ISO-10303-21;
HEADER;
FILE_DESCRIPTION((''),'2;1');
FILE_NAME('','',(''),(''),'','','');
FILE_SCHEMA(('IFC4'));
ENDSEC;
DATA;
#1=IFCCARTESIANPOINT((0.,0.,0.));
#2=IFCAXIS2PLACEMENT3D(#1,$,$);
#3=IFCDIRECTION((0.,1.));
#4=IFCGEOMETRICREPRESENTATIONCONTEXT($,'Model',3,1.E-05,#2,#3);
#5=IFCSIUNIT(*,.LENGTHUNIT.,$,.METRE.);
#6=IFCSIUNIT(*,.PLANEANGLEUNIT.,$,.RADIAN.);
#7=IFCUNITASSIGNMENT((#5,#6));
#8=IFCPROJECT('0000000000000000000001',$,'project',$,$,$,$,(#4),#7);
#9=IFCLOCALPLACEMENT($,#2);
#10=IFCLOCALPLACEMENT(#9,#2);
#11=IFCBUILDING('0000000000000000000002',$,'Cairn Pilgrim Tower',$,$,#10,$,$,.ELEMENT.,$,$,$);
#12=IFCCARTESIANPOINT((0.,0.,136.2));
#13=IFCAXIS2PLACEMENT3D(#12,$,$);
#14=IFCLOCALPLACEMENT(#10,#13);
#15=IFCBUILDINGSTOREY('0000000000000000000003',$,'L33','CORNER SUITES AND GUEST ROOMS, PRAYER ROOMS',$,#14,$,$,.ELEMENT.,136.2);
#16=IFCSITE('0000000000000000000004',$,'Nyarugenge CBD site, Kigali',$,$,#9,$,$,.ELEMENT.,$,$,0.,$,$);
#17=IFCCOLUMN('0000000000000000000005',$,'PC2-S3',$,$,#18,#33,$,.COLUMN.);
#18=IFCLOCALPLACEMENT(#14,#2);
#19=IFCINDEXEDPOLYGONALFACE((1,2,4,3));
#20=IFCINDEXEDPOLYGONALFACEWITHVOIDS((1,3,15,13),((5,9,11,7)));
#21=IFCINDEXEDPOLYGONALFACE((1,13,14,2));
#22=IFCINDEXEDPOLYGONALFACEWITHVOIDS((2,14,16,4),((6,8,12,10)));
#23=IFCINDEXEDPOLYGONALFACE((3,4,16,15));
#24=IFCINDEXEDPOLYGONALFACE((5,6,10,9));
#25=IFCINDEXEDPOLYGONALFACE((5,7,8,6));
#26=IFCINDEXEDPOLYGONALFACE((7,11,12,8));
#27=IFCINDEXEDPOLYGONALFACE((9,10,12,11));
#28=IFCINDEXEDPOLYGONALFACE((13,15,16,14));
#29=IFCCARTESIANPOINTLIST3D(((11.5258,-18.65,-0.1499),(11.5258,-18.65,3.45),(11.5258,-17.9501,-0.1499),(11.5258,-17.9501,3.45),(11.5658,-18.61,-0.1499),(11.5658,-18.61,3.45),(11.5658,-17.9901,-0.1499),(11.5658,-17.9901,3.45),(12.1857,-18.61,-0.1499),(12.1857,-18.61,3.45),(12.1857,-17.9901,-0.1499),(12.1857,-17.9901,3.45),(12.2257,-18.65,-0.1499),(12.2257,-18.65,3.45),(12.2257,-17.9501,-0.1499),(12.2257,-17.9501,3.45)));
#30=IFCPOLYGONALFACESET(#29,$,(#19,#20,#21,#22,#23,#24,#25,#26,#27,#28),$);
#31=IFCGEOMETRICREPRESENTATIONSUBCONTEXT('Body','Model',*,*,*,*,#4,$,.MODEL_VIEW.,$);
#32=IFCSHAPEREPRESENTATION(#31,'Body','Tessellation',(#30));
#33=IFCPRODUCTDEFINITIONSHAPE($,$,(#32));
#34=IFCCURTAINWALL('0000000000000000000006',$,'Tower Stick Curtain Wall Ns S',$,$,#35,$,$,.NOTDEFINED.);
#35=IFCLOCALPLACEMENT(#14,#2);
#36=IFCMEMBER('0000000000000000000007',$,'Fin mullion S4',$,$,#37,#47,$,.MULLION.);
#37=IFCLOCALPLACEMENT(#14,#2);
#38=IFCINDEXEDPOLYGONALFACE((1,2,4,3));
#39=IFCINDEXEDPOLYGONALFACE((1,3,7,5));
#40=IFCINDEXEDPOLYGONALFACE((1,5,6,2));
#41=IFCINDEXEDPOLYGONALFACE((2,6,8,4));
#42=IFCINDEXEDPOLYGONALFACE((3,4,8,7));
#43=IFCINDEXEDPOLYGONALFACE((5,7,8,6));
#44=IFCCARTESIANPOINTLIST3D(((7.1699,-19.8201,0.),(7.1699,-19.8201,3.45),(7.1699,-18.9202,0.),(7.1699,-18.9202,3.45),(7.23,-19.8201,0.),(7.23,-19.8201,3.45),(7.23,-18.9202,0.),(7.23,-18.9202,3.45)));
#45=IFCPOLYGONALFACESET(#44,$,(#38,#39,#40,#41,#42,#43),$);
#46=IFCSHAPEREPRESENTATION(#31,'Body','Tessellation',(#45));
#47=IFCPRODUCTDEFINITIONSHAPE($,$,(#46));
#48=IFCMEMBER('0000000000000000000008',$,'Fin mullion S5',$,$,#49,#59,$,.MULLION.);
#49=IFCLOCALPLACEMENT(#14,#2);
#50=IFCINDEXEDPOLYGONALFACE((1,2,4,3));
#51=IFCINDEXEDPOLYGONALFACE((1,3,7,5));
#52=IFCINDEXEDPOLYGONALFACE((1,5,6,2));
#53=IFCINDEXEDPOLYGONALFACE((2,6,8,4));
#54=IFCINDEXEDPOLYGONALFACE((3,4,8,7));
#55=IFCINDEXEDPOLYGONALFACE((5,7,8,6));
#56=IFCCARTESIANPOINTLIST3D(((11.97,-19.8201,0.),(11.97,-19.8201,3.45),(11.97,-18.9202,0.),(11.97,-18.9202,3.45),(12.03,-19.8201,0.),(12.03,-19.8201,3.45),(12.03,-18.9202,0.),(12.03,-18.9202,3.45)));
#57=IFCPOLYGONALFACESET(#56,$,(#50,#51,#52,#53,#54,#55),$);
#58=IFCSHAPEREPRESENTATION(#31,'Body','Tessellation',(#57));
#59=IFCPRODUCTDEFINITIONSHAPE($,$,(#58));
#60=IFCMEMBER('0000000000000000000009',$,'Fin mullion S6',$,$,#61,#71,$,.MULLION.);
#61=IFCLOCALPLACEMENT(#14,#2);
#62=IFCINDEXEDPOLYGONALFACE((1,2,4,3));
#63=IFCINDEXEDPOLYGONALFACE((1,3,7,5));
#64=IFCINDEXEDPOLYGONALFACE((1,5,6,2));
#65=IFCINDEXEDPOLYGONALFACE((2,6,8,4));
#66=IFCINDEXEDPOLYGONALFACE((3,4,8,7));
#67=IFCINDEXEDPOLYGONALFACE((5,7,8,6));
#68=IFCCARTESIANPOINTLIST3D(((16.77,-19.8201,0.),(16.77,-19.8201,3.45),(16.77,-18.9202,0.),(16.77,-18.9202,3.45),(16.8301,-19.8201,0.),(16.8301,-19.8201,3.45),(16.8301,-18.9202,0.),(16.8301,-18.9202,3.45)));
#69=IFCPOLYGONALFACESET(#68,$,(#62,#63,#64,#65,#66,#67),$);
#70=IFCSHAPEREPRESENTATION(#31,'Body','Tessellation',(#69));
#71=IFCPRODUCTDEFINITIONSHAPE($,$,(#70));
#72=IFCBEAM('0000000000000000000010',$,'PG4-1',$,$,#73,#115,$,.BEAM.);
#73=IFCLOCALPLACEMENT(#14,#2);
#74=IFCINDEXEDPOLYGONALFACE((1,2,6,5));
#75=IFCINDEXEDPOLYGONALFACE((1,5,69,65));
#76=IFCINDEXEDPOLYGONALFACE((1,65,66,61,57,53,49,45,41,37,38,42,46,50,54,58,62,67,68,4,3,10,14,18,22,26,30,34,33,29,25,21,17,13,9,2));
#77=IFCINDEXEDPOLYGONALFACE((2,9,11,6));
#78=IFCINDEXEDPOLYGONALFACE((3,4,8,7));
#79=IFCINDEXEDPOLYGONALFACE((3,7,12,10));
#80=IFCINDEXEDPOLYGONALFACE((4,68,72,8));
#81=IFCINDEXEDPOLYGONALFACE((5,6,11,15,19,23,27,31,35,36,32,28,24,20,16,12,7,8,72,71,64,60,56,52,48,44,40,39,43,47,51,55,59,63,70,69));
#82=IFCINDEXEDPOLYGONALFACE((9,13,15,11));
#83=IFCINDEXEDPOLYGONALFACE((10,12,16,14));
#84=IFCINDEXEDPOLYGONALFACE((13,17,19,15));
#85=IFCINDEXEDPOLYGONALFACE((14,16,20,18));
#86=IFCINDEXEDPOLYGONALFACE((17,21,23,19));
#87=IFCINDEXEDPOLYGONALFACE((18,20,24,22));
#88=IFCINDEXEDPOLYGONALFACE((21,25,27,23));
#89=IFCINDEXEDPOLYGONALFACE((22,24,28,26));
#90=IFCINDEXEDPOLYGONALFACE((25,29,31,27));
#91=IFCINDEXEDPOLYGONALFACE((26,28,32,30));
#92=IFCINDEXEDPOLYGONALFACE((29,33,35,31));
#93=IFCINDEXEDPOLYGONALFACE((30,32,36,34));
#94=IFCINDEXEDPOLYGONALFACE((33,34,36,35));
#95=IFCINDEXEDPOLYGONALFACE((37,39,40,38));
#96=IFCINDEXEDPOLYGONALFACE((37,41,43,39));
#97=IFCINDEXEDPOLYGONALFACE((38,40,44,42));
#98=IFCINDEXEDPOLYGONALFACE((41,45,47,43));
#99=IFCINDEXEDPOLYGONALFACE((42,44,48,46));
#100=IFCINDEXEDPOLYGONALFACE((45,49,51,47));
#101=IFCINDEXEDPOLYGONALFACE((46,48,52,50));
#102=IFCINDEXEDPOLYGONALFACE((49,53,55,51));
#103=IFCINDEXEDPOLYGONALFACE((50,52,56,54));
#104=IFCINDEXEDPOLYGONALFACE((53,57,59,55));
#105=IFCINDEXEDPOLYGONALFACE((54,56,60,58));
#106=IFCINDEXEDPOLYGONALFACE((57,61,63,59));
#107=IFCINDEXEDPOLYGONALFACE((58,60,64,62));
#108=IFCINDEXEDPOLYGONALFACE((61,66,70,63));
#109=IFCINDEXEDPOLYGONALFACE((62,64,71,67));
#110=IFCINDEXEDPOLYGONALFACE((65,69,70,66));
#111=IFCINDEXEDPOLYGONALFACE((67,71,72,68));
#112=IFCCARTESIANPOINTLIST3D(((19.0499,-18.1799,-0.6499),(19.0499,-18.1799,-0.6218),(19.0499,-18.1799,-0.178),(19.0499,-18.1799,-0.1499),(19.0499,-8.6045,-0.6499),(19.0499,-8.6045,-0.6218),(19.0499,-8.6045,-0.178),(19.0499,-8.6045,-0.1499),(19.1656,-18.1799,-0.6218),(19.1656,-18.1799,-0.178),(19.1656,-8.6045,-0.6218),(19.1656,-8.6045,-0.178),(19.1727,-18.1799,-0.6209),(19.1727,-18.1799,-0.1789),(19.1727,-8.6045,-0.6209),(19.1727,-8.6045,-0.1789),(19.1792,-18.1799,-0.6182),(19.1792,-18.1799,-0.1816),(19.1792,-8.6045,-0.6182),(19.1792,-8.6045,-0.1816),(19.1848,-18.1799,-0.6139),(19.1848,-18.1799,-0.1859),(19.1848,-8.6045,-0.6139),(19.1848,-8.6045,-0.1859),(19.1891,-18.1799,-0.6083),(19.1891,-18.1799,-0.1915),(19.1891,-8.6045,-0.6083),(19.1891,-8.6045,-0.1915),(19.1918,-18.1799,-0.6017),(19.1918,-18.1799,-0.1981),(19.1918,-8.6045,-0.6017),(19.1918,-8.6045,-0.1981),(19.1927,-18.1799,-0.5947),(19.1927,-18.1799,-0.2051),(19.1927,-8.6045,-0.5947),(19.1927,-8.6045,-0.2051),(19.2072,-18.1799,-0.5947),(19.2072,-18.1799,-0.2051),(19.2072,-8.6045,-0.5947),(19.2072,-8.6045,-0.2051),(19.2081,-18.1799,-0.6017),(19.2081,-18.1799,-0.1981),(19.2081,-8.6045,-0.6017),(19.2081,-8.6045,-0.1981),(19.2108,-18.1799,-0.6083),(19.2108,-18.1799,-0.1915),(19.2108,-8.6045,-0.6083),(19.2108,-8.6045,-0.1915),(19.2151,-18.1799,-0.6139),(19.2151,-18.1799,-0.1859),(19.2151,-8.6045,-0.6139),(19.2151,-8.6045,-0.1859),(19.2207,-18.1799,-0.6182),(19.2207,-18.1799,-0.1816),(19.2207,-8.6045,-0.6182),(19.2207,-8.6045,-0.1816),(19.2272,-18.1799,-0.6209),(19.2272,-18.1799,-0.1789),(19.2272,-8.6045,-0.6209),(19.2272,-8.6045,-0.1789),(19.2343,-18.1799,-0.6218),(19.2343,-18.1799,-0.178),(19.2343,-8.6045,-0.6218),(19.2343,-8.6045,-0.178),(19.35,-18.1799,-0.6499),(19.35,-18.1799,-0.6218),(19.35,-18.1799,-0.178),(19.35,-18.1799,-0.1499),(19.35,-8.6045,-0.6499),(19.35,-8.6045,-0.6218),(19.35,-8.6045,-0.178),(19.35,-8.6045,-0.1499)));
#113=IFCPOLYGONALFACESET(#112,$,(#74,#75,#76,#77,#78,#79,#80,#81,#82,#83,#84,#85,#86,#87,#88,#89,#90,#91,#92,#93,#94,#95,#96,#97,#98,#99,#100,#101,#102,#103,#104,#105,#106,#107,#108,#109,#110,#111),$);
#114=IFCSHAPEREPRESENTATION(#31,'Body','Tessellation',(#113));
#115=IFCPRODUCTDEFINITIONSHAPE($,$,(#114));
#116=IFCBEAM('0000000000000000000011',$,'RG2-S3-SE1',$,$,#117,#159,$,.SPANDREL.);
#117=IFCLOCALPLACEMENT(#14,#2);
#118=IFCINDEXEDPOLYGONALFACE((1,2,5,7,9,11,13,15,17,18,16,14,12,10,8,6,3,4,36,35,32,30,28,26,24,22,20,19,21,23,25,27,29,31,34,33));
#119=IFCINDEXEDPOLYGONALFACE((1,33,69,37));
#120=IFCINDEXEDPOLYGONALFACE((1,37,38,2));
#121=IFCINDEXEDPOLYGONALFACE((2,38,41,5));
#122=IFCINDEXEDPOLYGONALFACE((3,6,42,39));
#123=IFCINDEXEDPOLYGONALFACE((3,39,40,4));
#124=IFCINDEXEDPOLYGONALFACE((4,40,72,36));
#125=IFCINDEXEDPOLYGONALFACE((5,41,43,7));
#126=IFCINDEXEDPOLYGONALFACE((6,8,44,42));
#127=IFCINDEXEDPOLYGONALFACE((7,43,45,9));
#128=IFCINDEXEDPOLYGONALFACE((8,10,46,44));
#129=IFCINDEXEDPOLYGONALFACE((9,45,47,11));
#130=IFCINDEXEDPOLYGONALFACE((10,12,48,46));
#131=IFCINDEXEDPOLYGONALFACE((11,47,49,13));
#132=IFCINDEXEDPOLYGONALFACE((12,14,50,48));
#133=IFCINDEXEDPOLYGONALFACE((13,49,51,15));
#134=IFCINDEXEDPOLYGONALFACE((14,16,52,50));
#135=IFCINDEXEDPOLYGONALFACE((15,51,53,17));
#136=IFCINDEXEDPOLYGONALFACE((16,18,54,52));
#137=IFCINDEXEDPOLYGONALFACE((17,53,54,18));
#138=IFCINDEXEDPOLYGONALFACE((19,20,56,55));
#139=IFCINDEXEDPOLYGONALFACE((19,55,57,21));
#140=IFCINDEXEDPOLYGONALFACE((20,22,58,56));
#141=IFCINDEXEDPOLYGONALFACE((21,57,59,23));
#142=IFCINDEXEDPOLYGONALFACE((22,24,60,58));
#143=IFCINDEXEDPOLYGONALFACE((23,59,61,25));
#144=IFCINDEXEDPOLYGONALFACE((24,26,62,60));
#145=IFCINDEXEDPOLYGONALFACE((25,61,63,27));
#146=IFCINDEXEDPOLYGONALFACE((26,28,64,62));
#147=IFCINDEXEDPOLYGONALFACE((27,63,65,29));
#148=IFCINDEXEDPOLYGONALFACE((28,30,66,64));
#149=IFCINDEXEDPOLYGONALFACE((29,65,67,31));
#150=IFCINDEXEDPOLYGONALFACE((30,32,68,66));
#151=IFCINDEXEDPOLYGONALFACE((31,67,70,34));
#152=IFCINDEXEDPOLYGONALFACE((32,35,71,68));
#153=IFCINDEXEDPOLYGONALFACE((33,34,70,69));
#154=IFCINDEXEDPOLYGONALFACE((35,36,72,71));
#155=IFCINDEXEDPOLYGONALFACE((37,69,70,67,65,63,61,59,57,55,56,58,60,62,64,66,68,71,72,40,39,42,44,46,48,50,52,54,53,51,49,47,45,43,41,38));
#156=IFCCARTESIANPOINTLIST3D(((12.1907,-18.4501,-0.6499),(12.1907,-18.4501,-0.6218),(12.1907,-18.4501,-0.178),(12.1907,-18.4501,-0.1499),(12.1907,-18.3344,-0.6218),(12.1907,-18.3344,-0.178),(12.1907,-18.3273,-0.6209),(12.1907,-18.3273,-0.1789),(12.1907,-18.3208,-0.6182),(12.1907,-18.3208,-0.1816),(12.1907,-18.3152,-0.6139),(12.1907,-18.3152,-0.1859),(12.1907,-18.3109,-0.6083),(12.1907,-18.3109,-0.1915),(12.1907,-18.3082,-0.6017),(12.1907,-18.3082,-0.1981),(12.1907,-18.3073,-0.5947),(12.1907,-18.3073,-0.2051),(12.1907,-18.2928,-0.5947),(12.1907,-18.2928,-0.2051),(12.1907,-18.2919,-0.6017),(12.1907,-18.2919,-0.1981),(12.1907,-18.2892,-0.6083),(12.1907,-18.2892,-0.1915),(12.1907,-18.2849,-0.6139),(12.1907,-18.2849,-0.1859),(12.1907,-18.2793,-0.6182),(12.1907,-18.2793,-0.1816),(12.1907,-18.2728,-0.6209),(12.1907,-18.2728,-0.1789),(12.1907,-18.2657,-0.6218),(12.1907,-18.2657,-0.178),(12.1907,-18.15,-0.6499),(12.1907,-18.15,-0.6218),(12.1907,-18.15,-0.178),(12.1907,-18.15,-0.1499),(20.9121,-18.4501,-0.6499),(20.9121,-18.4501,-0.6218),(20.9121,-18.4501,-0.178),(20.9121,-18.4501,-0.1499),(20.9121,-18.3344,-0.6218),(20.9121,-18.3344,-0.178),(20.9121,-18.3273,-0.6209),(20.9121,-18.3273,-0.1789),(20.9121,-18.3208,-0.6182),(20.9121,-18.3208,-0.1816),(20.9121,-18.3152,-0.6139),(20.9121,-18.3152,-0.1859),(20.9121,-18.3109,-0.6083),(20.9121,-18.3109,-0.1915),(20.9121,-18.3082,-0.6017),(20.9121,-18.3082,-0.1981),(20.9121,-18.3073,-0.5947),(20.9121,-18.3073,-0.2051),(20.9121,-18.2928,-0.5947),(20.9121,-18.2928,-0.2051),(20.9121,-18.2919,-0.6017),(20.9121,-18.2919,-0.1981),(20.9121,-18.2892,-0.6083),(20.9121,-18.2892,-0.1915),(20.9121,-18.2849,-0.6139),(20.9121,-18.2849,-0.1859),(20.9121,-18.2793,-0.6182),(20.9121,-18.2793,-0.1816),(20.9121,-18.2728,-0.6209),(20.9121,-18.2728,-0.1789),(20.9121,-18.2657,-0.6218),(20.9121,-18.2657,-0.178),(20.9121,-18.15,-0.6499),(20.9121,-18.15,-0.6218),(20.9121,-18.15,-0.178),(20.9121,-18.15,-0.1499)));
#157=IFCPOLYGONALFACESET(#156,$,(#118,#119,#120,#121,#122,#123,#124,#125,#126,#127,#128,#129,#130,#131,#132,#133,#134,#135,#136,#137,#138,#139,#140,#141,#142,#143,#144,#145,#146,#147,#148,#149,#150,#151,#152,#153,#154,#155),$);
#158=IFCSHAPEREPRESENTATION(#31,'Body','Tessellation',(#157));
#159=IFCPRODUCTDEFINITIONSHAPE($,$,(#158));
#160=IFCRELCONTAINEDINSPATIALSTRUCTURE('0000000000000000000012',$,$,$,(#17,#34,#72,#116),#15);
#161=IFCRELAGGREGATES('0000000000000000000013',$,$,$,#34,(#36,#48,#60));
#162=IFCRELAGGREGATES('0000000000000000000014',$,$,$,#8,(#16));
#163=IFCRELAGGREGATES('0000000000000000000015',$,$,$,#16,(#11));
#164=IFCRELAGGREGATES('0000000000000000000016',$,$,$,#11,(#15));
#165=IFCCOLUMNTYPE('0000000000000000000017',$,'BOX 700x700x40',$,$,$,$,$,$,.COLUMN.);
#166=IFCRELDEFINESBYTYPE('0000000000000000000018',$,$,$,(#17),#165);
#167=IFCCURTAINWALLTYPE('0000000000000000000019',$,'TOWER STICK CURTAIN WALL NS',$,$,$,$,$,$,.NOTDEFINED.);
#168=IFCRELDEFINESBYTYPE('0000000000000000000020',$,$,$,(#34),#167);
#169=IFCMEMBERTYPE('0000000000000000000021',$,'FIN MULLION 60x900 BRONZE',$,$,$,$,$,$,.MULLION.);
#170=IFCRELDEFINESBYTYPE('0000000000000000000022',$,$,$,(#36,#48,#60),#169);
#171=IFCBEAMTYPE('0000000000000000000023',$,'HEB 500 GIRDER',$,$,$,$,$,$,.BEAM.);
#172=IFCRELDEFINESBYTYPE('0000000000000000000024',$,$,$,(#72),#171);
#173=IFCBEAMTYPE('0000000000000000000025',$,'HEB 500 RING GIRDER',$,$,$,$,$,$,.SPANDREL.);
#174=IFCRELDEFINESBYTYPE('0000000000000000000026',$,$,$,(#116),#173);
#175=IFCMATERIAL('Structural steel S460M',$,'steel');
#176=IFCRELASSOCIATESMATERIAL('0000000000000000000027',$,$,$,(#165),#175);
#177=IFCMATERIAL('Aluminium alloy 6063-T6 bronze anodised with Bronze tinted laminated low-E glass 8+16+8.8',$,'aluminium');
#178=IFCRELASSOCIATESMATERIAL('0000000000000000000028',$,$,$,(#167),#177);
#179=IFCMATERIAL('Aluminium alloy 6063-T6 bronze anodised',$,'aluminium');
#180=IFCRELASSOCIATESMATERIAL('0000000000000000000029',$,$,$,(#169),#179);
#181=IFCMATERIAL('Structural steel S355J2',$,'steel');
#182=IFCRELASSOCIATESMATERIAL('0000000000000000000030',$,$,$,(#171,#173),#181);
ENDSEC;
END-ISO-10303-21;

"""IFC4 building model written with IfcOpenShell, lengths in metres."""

from ifc_helpers import new_model, si_unit, direction, frame, origin, origin_2d, place, context, subcontext, project, spatial, rectangle, hollow_rectangle, i_section, extrude, material, material_profile, profile_set, type_object, element, aggregate, save


model = new_model("IFC4")

# Units and contexts
model_context = context("Model", 3, precision=1e-05, world=origin(), true_north=direction((0.0, 1.0)))
body_context = subcontext(model_context, "Body", "Model", "MODEL_VIEW")
ifc_project = project(units=[si_unit("LENGTHUNIT", "METRE"), si_unit("PLANEANGLEUNIT", "RADIAN")], contexts=[model_context])

# Site, building, storey
site_placement = place(None, origin())
site = spatial("IfcSite", under=ifc_project, at=site_placement, Name="Nyarugenge CBD site, Kigali", CompositionType="ELEMENT", RefElevation=0.0)
building_placement = place(site_placement, origin())
building = spatial("IfcBuilding", under=site, at=building_placement, Name="Cairn Pilgrim Tower", CompositionType="ELEMENT")
storey_placement = place(building_placement, frame((0.0, 0.0, 136.2)))
storey = spatial("IfcBuildingStorey", under=building, at=storey_placement, Name="L33", Description="CORNER SUITES AND GUEST ROOMS, PRAYER ROOMS", CompositionType="ELEMENT", Elevation=136.2)

# Column
ifc_material_1 = material(Name="Structural steel S460M", Category="steel")
ifc_material_profile_1 = material_profile(ifc_material_1, hollow_rectangle(XDim=0.7, YDim=0.7, WallThickness=0.04, at=origin_2d()), Name="BOX 700x700x40")
ifc_profile_set_1 = profile_set([ifc_material_profile_1], Name="Structural steel S460M")
column_type = type_object("IfcColumnType", Name="BOX 700x700x40", PredefinedType="COLUMN", material=ifc_profile_set_1)
column_placement = place(storey_placement, frame((11.8757, -18.3, -0.1499), z_axis=(0.0, 0.0, 1.0), x_axis=(1.0, 0.0, 0.0)))
element("IfcColumn", 1, at=column_placement, inside=storey, type_object=column_type, Name="PC2-S3", PredefinedType="COLUMN", context=body_context, shape_type="SweptSolid", body=[
    extrude(hollow_rectangle(XDim=0.7, YDim=0.7, WallThickness=0.04, at=origin_2d()), origin(), (0.0, 0.0, 1.0), 3.5999),
])

# Curtain wall, members
ifc_material_2 = material(Name="Aluminium alloy 6063-T6 bronze anodised with Bronze tinted laminated low-E glass 8+16+8.8", Category="aluminium")
curtain_wall_type = type_object("IfcCurtainWallType", Name="TOWER STICK CURTAIN WALL NS", PredefinedType="NOTDEFINED", material=ifc_material_2)
curtain_wall_placement = place(storey_placement, origin())
curtain_wall = element("IfcCurtainWall", 2, at=curtain_wall_placement, inside=storey, type_object=curtain_wall_type, Name="Tower Stick Curtain Wall Ns S", PredefinedType="NOTDEFINED")
ifc_material_3 = material(Name="Aluminium alloy 6063-T6 bronze anodised", Category="aluminium")
ifc_material_profile_2 = material_profile(ifc_material_3, rectangle(XDim=0.8999, YDim=0.0601, at=origin_2d()), Name="FIN MULLION 60x900 BRONZE")
ifc_profile_set_2 = profile_set([ifc_material_profile_2], Name="Aluminium alloy 6063-T6 bronze anodised")
member_type = type_object("IfcMemberType", Name="FIN MULLION 60x900 BRONZE", PredefinedType="MULLION", material=ifc_profile_set_2)
member_1_placement = place(storey_placement, frame((7.2, -19.3701, 0.0), z_axis=(0.0, 0.0, 1.0), x_axis=(0.0, -1.0, 0.0)))
member_1 = element("IfcMember", 3, at=member_1_placement, type_object=member_type, Name="Fin mullion S4", PredefinedType="MULLION", context=body_context, shape_type="SweptSolid", body=[
    extrude(rectangle(XDim=0.8999, YDim=0.0601, at=origin_2d()), origin(), (0.0, 0.0, 1.0), 3.45),
])
member_2_placement = place(storey_placement, frame((12.0, -19.3701, 0.0), z_axis=(0.0, 0.0, 1.0), x_axis=(0.0, -1.0, 0.0)))
member_2 = element("IfcMember", 4, at=member_2_placement, type_object=member_type, Name="Fin mullion S5", PredefinedType="MULLION", context=body_context, shape_type="SweptSolid", body=[
    extrude(rectangle(XDim=0.8999, YDim=0.0601, at=origin_2d()), origin(), (0.0, 0.0, 1.0), 3.45),
])
member_3_placement = place(storey_placement, frame((16.8, -19.3701, 0.0), z_axis=(0.0, 0.0, 1.0), x_axis=(0.0, -1.0, 0.0)))
member_3 = element("IfcMember", 5, at=member_3_placement, type_object=member_type, Name="Fin mullion S6", PredefinedType="MULLION", context=body_context, shape_type="SweptSolid", body=[
    extrude(rectangle(XDim=0.8999, YDim=0.0601, at=origin_2d()), origin(), (0.0, 0.0, 1.0), 3.45),
])
aggregate(curtain_wall, [member_1, member_2, member_3])

# Beams
ifc_material_4 = material(Name="Structural steel S355J2", Category="steel")
ifc_material_profile_3 = material_profile(ifc_material_4, i_section(OverallWidth=0.3, OverallDepth=0.5, WebThickness=0.0144, FlangeThickness=0.0281, FilletRadius=0.0271, at=origin_2d()), Name="HEB 500")
ifc_profile_set_3 = profile_set([ifc_material_profile_3], Name="Structural steel S355J2")
beam_type_1 = type_object("IfcBeamType", Name="HEB 500 GIRDER", PredefinedType="BEAM", material=ifc_profile_set_3)
beam_1_placement = place(storey_placement, frame((19.2, -18.1799, -0.3999), z_axis=(0.0, 1.0, 0.0), x_axis=(-1.0, 0.0, 0.0)))
element("IfcBeam", 6, at=beam_1_placement, inside=storey, type_object=beam_type_1, Name="PG4-1", PredefinedType="BEAM", context=body_context, shape_type="SweptSolid", body=[
    extrude(i_section(OverallWidth=0.3, OverallDepth=0.5, WebThickness=0.0144, FlangeThickness=0.0281, FilletRadius=0.0271, at=origin_2d()), origin(), (0.0, 0.0, 1.0), 9.5754),
])
ifc_material_profile_4 = material_profile(ifc_material_4, i_section(OverallWidth=0.3, OverallDepth=0.5, WebThickness=0.0144, FlangeThickness=0.0281, FilletRadius=0.0271, at=origin_2d()), Name="HEB 500")
ifc_profile_set_4 = profile_set([ifc_material_profile_4], Name="Structural steel S355J2")
beam_type_2 = type_object("IfcBeamType", Name="HEB 500 RING GIRDER", PredefinedType="SPANDREL", material=ifc_profile_set_4)
beam_2_placement = place(storey_placement, frame((12.1907, -18.3, -0.3999), z_axis=(1.0, 0.0, 0.0), x_axis=(0.0, 1.0, 0.0)))
element("IfcBeam", 7, at=beam_2_placement, inside=storey, type_object=beam_type_2, Name="RG2-S3-SE1", PredefinedType="SPANDREL", context=body_context, shape_type="SweptSolid", body=[
    extrude(i_section(OverallWidth=0.3, OverallDepth=0.5, WebThickness=0.0144, FlangeThickness=0.0281, FilletRadius=0.0271, at=origin_2d()), origin(), (0.0, 0.0, 1.0), 8.7214),
])

save(model, "model.ifc")
